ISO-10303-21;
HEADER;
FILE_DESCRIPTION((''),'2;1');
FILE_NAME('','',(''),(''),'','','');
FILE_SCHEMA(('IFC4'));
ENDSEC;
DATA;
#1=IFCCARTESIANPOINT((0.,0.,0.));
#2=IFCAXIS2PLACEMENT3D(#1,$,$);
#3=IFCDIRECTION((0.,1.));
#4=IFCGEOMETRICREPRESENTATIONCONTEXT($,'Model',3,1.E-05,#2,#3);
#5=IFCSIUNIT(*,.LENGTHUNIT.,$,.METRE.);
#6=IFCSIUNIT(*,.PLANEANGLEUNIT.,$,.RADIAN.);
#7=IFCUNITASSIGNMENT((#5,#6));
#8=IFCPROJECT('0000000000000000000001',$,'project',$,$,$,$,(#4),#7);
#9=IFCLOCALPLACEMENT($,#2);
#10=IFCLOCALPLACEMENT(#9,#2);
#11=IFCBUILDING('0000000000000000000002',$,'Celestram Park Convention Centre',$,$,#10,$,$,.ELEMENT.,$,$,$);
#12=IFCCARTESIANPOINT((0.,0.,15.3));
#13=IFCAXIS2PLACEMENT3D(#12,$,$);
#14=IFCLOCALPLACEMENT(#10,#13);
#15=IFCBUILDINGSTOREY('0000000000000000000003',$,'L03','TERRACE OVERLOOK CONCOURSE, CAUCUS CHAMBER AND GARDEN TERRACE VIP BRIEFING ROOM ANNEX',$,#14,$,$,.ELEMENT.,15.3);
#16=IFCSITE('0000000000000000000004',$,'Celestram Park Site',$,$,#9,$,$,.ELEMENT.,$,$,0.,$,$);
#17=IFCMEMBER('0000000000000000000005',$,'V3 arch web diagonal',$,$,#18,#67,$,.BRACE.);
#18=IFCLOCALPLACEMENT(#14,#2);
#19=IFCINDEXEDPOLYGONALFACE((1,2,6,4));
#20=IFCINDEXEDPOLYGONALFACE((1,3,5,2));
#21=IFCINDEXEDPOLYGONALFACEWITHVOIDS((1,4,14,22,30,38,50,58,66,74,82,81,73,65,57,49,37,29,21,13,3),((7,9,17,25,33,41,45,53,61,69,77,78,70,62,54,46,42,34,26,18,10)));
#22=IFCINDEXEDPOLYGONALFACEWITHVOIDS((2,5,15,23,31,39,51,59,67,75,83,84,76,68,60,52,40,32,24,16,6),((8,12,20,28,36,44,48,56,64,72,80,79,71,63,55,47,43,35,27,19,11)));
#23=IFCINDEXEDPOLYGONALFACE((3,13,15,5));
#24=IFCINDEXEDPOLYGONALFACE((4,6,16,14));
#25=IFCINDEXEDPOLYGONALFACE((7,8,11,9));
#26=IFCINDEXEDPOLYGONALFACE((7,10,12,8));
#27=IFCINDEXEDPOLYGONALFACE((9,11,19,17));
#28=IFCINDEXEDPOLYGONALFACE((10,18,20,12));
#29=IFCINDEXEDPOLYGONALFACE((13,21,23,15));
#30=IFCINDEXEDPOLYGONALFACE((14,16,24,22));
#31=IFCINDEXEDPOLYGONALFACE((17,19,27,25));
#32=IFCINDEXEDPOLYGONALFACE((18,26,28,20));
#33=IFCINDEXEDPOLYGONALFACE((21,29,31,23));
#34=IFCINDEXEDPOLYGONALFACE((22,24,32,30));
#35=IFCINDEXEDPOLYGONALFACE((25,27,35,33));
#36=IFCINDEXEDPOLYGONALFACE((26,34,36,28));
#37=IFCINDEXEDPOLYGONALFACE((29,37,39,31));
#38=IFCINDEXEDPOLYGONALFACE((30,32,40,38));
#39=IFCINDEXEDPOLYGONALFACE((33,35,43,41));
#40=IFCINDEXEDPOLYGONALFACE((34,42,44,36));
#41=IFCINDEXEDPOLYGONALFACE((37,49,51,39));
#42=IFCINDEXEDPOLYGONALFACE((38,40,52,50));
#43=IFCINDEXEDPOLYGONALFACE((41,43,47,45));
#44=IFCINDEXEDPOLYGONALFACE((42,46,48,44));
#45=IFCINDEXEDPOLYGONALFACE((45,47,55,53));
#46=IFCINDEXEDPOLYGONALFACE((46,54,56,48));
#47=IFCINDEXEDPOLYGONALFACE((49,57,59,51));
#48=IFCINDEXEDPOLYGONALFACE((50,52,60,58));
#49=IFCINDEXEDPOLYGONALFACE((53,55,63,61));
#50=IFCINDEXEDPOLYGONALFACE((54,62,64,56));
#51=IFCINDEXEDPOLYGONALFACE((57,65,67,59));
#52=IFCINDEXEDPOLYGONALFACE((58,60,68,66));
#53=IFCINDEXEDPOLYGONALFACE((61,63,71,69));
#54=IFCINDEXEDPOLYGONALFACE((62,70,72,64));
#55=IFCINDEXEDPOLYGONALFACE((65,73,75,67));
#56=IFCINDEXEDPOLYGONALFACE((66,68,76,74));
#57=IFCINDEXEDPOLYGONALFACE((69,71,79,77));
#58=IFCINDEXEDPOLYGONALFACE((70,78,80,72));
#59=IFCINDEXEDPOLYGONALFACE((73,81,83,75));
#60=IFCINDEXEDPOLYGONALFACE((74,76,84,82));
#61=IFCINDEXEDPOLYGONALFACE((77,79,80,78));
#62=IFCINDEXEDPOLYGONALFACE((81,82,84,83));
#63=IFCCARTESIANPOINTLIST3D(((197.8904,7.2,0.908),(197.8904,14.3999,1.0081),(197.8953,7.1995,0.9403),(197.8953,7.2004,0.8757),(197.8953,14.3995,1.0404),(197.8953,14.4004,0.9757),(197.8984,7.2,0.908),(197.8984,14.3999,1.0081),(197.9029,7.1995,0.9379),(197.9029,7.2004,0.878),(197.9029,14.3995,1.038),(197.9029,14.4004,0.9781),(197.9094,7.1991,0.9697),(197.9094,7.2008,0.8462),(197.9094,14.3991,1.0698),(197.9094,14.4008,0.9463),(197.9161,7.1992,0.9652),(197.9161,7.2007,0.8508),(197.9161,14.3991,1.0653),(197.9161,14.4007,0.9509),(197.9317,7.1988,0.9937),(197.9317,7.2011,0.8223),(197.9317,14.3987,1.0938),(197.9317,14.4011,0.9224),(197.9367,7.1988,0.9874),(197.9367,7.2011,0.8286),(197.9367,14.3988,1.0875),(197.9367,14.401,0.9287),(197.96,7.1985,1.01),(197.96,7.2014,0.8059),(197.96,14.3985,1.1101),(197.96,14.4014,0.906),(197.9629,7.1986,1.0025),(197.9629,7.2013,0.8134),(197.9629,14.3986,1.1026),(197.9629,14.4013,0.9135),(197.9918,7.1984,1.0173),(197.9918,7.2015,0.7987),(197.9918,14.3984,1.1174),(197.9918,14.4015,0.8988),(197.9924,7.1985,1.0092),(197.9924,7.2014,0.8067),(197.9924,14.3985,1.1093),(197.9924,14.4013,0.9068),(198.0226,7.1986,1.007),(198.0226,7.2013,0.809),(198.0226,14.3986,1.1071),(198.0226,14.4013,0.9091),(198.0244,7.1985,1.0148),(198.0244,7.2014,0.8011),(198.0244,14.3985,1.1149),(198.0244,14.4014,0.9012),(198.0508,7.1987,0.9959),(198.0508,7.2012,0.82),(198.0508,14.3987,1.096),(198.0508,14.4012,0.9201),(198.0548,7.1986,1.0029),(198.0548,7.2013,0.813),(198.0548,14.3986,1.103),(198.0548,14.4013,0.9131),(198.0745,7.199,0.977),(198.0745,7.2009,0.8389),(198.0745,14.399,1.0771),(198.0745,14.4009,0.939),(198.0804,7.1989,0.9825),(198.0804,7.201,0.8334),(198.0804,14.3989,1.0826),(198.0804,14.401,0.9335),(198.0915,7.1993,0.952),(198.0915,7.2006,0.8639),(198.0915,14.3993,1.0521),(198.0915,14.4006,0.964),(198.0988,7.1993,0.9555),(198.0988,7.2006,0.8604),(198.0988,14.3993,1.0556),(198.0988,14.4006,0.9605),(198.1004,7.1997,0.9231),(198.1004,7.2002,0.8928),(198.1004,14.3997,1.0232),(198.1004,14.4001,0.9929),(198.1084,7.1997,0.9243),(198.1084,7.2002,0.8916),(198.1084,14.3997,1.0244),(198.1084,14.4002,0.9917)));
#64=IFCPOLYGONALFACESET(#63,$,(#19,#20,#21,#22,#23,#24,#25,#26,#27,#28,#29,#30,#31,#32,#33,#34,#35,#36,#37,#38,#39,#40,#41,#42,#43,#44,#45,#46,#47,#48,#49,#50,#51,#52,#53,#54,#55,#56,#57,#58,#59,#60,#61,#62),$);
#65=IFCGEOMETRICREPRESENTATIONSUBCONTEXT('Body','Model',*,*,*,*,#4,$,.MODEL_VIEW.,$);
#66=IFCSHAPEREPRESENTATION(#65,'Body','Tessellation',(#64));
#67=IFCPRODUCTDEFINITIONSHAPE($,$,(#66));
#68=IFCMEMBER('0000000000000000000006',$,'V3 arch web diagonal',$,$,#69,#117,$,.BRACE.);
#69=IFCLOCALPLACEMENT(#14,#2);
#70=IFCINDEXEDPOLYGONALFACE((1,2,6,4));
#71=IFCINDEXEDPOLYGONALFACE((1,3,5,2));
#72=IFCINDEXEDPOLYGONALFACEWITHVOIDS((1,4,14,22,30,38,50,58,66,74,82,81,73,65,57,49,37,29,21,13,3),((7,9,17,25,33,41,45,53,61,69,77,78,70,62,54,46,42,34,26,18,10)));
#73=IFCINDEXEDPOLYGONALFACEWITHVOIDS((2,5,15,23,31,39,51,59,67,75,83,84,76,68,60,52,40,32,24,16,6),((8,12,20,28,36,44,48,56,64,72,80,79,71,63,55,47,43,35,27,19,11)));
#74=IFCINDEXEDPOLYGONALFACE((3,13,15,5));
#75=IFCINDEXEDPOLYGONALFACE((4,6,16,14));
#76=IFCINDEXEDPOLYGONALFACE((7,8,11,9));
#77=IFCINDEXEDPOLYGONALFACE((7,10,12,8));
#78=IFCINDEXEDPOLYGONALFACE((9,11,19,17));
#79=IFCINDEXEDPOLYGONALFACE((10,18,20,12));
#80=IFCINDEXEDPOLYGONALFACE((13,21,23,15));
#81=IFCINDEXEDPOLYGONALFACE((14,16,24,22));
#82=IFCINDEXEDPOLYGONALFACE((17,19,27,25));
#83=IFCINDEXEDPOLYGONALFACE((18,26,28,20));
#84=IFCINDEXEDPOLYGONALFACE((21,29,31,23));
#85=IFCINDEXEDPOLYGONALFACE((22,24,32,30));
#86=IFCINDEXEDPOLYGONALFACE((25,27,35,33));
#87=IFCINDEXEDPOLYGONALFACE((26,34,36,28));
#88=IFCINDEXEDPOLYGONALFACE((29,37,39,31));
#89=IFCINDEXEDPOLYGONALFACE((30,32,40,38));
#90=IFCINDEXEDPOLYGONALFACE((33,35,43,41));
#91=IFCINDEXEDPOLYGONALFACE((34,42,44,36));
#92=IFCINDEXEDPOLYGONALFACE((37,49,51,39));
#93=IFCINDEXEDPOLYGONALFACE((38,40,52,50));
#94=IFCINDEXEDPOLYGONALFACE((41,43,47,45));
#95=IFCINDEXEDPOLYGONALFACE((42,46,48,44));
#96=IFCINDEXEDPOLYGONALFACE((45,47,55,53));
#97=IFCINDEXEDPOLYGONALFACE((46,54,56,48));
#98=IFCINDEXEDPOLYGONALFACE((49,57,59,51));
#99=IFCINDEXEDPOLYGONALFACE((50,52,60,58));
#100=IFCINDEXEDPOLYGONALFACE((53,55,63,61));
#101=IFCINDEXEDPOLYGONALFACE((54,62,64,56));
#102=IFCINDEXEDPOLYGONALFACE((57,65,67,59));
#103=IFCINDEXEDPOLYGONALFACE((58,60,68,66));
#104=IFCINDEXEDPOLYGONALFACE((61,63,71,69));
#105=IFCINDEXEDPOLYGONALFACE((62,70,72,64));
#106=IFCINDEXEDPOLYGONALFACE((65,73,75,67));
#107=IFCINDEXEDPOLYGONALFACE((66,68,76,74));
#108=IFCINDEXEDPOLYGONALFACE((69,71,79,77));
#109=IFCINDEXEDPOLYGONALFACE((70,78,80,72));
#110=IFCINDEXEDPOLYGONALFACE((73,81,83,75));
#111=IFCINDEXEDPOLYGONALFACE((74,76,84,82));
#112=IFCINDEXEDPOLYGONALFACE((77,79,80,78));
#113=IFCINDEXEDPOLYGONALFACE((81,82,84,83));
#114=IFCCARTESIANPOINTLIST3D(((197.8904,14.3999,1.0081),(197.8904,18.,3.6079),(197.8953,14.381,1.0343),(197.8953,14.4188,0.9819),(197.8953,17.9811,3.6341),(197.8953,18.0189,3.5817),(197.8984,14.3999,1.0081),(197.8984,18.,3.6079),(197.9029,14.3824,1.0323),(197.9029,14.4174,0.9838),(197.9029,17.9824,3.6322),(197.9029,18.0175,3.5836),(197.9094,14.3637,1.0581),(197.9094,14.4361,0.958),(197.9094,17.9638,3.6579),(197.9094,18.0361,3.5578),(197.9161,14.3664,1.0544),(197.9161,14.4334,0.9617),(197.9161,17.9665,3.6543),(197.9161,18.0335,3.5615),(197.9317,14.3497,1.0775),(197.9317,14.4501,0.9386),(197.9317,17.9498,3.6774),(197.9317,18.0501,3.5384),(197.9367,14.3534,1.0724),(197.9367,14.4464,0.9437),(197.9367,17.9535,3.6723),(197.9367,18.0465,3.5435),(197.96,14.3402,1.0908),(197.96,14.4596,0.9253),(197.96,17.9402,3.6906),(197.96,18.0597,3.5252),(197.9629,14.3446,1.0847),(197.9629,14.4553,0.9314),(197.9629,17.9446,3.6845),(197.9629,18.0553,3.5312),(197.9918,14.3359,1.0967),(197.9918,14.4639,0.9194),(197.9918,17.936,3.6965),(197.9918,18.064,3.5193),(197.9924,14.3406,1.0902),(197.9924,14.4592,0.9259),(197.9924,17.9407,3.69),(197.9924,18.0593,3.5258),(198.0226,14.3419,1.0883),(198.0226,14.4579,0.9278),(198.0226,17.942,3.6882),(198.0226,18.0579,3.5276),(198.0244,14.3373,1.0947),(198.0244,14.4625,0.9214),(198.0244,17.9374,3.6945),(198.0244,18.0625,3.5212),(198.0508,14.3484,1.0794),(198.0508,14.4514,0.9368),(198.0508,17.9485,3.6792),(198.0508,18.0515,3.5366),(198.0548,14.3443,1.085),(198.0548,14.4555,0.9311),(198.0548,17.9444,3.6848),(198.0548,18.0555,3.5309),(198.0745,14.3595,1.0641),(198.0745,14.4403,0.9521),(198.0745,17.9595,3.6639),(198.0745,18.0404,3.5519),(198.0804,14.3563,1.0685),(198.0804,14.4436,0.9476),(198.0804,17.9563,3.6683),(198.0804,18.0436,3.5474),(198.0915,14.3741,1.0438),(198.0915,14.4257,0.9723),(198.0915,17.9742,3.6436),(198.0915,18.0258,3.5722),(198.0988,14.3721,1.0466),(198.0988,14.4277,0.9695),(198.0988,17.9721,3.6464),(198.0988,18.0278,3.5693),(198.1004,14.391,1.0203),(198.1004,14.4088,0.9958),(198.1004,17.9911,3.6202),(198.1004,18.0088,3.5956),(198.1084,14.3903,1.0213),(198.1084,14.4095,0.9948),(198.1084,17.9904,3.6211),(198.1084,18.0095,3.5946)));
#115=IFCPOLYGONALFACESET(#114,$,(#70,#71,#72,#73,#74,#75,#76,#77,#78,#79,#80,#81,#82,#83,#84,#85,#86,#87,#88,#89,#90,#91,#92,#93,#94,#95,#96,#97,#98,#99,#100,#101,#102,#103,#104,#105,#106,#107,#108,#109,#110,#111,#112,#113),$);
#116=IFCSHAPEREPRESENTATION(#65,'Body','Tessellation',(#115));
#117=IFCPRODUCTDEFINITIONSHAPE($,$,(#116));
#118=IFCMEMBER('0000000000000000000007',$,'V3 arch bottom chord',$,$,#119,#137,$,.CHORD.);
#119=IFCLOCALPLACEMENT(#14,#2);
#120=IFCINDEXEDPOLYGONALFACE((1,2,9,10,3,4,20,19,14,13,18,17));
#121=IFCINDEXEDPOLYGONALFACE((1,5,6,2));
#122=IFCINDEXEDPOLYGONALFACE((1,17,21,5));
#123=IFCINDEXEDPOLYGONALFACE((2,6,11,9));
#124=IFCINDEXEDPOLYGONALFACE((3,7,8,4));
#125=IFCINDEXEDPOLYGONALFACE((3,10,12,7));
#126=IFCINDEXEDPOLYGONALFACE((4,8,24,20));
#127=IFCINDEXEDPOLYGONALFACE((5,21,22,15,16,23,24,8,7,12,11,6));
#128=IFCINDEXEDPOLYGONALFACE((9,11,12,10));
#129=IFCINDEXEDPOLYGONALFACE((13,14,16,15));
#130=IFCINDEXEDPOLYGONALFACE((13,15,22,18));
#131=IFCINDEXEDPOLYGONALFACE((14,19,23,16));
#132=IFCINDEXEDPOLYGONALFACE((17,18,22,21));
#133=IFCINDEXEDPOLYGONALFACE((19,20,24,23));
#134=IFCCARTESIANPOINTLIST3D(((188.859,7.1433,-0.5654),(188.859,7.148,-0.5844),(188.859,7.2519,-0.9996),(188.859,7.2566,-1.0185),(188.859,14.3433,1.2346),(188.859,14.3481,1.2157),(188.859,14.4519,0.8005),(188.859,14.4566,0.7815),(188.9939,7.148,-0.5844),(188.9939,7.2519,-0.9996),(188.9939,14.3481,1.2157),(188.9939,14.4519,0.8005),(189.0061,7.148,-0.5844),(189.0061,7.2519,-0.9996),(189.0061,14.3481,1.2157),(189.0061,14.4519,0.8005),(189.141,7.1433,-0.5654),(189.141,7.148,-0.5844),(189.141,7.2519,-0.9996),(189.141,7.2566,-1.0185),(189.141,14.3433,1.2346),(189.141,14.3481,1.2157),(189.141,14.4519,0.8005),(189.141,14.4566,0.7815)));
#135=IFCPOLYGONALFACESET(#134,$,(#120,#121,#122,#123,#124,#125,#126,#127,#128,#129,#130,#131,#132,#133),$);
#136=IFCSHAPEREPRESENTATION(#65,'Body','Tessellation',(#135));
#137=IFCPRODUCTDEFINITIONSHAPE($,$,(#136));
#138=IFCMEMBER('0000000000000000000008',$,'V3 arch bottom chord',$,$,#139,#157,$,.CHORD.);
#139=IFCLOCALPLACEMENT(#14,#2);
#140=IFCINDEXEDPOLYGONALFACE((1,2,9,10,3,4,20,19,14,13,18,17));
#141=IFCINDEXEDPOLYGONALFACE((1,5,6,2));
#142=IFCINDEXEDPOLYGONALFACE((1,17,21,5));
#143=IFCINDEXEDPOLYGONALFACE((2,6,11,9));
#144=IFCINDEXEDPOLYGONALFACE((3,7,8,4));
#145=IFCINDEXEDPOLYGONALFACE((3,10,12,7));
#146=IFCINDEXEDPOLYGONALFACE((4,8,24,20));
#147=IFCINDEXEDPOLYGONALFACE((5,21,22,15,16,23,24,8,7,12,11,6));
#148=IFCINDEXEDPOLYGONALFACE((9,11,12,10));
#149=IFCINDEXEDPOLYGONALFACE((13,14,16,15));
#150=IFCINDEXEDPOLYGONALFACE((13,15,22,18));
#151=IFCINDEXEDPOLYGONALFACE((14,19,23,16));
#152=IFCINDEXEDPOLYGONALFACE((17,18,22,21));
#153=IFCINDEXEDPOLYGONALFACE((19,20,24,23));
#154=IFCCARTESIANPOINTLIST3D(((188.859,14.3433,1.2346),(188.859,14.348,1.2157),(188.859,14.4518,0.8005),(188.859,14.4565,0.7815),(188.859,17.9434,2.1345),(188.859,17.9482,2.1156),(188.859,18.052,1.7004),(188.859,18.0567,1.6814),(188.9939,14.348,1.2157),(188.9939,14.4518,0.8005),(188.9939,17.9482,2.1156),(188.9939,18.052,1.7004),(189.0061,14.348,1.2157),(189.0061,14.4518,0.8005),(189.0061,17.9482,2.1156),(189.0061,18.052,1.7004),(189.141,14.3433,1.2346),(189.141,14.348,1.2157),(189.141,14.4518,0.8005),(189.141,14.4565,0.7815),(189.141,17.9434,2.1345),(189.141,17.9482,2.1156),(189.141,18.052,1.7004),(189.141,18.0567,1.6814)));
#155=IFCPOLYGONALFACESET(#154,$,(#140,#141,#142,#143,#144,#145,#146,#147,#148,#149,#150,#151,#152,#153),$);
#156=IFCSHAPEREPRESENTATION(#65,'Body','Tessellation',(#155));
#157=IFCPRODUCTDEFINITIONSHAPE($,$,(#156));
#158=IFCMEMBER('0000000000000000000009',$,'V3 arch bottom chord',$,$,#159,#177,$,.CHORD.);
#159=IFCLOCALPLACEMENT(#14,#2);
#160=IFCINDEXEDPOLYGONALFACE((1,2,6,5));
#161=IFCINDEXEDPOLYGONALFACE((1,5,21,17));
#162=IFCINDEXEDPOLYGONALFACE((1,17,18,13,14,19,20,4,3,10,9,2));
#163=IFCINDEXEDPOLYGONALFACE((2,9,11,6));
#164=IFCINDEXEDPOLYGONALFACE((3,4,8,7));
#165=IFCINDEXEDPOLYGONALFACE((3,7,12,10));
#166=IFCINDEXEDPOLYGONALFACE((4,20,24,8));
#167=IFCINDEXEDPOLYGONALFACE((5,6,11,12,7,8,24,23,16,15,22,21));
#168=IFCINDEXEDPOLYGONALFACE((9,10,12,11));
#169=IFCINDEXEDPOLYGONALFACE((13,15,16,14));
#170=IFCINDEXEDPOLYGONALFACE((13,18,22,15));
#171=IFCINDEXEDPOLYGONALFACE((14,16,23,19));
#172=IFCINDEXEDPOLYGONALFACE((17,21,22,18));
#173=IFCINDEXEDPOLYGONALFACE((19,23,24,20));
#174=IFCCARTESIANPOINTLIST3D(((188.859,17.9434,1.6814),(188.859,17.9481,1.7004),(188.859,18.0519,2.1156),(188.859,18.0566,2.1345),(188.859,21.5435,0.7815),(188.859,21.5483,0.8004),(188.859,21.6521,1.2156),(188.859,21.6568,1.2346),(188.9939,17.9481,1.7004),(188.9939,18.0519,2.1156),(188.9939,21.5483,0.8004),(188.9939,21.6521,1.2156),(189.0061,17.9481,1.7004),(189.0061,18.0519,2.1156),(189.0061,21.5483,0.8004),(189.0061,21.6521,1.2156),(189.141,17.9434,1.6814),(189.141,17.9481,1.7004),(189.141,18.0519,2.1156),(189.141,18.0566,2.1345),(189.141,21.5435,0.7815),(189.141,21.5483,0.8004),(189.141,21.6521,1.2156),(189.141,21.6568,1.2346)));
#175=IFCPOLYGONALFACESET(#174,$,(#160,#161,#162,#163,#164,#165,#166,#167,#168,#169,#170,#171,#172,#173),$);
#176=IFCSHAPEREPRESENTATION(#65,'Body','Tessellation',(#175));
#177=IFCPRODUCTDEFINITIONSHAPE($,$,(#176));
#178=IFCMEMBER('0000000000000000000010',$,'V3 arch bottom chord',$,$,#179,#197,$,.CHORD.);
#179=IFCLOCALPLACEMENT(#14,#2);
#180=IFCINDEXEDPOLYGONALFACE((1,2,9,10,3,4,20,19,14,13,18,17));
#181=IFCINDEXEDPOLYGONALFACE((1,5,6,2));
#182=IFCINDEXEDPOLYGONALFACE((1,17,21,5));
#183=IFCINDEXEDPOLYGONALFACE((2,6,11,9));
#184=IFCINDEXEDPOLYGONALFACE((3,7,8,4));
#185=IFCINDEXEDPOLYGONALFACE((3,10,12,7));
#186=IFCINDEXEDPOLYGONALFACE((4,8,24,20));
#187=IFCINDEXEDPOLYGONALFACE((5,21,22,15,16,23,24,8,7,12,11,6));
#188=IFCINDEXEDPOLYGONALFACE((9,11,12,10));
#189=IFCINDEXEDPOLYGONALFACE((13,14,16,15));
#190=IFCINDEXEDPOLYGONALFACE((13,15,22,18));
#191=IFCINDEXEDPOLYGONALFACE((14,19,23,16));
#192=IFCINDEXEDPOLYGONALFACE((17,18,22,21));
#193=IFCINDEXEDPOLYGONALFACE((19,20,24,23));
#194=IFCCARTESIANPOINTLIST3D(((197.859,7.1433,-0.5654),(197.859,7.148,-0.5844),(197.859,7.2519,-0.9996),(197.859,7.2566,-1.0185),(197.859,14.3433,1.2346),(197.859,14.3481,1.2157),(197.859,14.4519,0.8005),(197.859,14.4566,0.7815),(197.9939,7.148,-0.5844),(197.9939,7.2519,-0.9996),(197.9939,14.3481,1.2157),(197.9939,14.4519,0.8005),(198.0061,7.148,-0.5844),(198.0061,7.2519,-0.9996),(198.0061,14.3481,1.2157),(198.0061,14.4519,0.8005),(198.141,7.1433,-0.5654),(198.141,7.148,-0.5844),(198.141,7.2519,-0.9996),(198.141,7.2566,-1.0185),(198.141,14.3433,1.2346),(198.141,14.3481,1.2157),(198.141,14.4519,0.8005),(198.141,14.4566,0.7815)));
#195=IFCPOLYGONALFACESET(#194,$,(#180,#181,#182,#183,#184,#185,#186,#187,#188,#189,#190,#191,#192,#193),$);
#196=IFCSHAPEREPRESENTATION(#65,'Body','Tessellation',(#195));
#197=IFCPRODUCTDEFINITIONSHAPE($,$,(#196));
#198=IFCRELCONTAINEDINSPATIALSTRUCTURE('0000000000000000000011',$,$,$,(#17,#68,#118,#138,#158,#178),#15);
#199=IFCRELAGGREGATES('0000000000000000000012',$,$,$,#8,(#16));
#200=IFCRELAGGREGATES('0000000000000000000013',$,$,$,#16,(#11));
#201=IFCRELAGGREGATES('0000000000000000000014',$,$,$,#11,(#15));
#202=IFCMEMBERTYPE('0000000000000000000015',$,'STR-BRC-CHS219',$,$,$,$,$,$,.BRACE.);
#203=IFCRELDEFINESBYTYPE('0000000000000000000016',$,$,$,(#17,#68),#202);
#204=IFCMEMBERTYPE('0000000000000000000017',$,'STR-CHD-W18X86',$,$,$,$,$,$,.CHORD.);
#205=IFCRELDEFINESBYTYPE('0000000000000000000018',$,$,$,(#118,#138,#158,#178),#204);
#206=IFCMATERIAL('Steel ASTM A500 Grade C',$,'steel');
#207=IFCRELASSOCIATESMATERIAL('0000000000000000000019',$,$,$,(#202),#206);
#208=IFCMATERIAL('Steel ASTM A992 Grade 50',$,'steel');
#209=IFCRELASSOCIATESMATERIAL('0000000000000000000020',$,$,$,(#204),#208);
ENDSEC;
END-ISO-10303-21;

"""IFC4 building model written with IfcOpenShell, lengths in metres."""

from ifc_helpers import new_model, si_unit, direction, frame, origin, origin_2d, place, context, subcontext, project, spatial, hollow_circle, i_section, extrude, material, material_profile, profile_set, type_object, element, save


model = new_model("IFC4")

# Units and contexts
model_context = context("Model", 3, precision=1e-05, world=origin(), true_north=direction((0.0, 1.0)))
body_context = subcontext(model_context, "Body", "Model", "MODEL_VIEW")
ifc_project = project(units=[si_unit("LENGTHUNIT", "METRE"), si_unit("PLANEANGLEUNIT", "RADIAN")], contexts=[model_context])

# Site, building, storey
site_placement = place(None, origin())
site = spatial("IfcSite", under=ifc_project, at=site_placement, Name="Celestram Park Site", CompositionType="ELEMENT", RefElevation=0.0)
building_placement = place(site_placement, origin())
building = spatial("IfcBuilding", under=site, at=building_placement, Name="Celestram Park Convention Centre", CompositionType="ELEMENT")
storey_placement = place(building_placement, frame((0.0, 0.0, 15.3)))
storey = spatial("IfcBuildingStorey", under=building, at=storey_placement, Name="L03", Description="TERRACE OVERLOOK CONCOURSE, CAUCUS CHAMBER AND GARDEN TERRACE VIP BRIEFING ROOM ANNEX", CompositionType="ELEMENT", Elevation=15.3)

# Members
ifc_material_1 = material(Name="Steel ASTM A500 Grade C", Category="steel")
ifc_material_profile_1 = material_profile(ifc_material_1, hollow_circle(Radius=0.1096, WallThickness=0.0081, at=origin_2d()), Name="CHS219X8")
ifc_profile_set_1 = profile_set([ifc_material_profile_1], Name="Steel ASTM A500 Grade C")
member_type_1 = type_object("IfcMemberType", Name="STR-BRC-CHS219", PredefinedType="BRACE", material=ifc_profile_set_1)
member_1_placement = place(storey_placement, frame((198.0, 7.2, 0.908), z_axis=(0.0, 0.999903, 0.013901), x_axis=(-1.0, 0.0, 0.0)))
element("IfcMember", 1, at=member_1_placement, inside=storey, type_object=member_type_1, Name="V3 arch web diagonal", PredefinedType="BRACE", context=body_context, shape_type="SweptSolid", body=[
    extrude(hollow_circle(Radius=0.1096, WallThickness=0.0081, at=origin_2d()), origin(), (0.0, 0.0, 1.0), 7.2007),
])
member_2_placement = place(storey_placement, frame((198.0, 14.3999, 1.0081), z_axis=(0.0, 0.810702, 0.585458), x_axis=(-1.0, 0.0, 0.0)))
element("IfcMember", 2, at=member_2_placement, inside=storey, type_object=member_type_1, Name="V3 arch web diagonal", PredefinedType="BRACE", context=body_context, shape_type="SweptSolid", body=[
    extrude(hollow_circle(Radius=0.1096, WallThickness=0.0081, at=origin_2d()), origin(), (0.0, 0.0, 1.0), 4.4407),
])
ifc_material_2 = material(Name="Steel ASTM A992 Grade 50", Category="steel")
ifc_material_profile_2 = material_profile(ifc_material_2, i_section(OverallWidth=0.282, OverallDepth=0.467, WebThickness=0.0122, FlangeThickness=0.0195, at=origin_2d()), Name="W18X86")
ifc_profile_set_2 = profile_set([ifc_material_profile_2], Name="Steel ASTM A992 Grade 50")
member_type_2 = type_object("IfcMemberType", Name="STR-CHD-W18X86", PredefinedType="CHORD", material=ifc_profile_set_2)
member_3_placement = place(storey_placement, frame((189.0, 7.2, -0.792), z_axis=(0.0, 0.970141, 0.242543), x_axis=(-1.0, 0.0, 0.0)))
element("IfcMember", 3, at=member_3_placement, inside=storey, type_object=member_type_2, Name="V3 arch bottom chord", PredefinedType="CHORD", context=body_context, shape_type="SweptSolid", body=[
    extrude(i_section(OverallWidth=0.282, OverallDepth=0.467, WebThickness=0.0122, FlangeThickness=0.0195, at=origin_2d()), origin(), (0.0, 0.0, 1.0), 7.4216),
])
for number, where, z_axis, x_axis, name in (
    (4, (189.0, 14.3999, 1.0081), (0.0, 0.97015, 0.242505), (-1.0, 0.0, 0.0), "V3 arch bottom chord"),
    (5, (189.0, 18.0, 1.908), (0.0, 0.97015, -0.242505), (-1.0, 0.0, 0.0), "V3 arch bottom chord"),
):
    element("IfcMember", number, at=place(storey_placement, frame(where, z_axis=z_axis, x_axis=x_axis)), inside=storey, type_object=member_type_2, Name=name, PredefinedType="CHORD", context=body_context, shape_type="SweptSolid", body=[
        extrude(i_section(OverallWidth=0.282, OverallDepth=0.467, WebThickness=0.0122, FlangeThickness=0.0195, at=origin_2d()), origin(), (0.0, 0.0, 1.0), 3.7109),
    ])
member_4_placement = place(storey_placement, frame((198.0, 7.2, -0.792), z_axis=(0.0, 0.970141, 0.242543), x_axis=(-1.0, 0.0, 0.0)))
element("IfcMember", 6, at=member_4_placement, inside=storey, type_object=member_type_2, Name="V3 arch bottom chord", PredefinedType="CHORD", context=body_context, shape_type="SweptSolid", body=[
    extrude(i_section(OverallWidth=0.282, OverallDepth=0.467, WebThickness=0.0122, FlangeThickness=0.0195, at=origin_2d()), origin(), (0.0, 0.0, 1.0), 7.4216),
])

save(model, "model.ifc")
